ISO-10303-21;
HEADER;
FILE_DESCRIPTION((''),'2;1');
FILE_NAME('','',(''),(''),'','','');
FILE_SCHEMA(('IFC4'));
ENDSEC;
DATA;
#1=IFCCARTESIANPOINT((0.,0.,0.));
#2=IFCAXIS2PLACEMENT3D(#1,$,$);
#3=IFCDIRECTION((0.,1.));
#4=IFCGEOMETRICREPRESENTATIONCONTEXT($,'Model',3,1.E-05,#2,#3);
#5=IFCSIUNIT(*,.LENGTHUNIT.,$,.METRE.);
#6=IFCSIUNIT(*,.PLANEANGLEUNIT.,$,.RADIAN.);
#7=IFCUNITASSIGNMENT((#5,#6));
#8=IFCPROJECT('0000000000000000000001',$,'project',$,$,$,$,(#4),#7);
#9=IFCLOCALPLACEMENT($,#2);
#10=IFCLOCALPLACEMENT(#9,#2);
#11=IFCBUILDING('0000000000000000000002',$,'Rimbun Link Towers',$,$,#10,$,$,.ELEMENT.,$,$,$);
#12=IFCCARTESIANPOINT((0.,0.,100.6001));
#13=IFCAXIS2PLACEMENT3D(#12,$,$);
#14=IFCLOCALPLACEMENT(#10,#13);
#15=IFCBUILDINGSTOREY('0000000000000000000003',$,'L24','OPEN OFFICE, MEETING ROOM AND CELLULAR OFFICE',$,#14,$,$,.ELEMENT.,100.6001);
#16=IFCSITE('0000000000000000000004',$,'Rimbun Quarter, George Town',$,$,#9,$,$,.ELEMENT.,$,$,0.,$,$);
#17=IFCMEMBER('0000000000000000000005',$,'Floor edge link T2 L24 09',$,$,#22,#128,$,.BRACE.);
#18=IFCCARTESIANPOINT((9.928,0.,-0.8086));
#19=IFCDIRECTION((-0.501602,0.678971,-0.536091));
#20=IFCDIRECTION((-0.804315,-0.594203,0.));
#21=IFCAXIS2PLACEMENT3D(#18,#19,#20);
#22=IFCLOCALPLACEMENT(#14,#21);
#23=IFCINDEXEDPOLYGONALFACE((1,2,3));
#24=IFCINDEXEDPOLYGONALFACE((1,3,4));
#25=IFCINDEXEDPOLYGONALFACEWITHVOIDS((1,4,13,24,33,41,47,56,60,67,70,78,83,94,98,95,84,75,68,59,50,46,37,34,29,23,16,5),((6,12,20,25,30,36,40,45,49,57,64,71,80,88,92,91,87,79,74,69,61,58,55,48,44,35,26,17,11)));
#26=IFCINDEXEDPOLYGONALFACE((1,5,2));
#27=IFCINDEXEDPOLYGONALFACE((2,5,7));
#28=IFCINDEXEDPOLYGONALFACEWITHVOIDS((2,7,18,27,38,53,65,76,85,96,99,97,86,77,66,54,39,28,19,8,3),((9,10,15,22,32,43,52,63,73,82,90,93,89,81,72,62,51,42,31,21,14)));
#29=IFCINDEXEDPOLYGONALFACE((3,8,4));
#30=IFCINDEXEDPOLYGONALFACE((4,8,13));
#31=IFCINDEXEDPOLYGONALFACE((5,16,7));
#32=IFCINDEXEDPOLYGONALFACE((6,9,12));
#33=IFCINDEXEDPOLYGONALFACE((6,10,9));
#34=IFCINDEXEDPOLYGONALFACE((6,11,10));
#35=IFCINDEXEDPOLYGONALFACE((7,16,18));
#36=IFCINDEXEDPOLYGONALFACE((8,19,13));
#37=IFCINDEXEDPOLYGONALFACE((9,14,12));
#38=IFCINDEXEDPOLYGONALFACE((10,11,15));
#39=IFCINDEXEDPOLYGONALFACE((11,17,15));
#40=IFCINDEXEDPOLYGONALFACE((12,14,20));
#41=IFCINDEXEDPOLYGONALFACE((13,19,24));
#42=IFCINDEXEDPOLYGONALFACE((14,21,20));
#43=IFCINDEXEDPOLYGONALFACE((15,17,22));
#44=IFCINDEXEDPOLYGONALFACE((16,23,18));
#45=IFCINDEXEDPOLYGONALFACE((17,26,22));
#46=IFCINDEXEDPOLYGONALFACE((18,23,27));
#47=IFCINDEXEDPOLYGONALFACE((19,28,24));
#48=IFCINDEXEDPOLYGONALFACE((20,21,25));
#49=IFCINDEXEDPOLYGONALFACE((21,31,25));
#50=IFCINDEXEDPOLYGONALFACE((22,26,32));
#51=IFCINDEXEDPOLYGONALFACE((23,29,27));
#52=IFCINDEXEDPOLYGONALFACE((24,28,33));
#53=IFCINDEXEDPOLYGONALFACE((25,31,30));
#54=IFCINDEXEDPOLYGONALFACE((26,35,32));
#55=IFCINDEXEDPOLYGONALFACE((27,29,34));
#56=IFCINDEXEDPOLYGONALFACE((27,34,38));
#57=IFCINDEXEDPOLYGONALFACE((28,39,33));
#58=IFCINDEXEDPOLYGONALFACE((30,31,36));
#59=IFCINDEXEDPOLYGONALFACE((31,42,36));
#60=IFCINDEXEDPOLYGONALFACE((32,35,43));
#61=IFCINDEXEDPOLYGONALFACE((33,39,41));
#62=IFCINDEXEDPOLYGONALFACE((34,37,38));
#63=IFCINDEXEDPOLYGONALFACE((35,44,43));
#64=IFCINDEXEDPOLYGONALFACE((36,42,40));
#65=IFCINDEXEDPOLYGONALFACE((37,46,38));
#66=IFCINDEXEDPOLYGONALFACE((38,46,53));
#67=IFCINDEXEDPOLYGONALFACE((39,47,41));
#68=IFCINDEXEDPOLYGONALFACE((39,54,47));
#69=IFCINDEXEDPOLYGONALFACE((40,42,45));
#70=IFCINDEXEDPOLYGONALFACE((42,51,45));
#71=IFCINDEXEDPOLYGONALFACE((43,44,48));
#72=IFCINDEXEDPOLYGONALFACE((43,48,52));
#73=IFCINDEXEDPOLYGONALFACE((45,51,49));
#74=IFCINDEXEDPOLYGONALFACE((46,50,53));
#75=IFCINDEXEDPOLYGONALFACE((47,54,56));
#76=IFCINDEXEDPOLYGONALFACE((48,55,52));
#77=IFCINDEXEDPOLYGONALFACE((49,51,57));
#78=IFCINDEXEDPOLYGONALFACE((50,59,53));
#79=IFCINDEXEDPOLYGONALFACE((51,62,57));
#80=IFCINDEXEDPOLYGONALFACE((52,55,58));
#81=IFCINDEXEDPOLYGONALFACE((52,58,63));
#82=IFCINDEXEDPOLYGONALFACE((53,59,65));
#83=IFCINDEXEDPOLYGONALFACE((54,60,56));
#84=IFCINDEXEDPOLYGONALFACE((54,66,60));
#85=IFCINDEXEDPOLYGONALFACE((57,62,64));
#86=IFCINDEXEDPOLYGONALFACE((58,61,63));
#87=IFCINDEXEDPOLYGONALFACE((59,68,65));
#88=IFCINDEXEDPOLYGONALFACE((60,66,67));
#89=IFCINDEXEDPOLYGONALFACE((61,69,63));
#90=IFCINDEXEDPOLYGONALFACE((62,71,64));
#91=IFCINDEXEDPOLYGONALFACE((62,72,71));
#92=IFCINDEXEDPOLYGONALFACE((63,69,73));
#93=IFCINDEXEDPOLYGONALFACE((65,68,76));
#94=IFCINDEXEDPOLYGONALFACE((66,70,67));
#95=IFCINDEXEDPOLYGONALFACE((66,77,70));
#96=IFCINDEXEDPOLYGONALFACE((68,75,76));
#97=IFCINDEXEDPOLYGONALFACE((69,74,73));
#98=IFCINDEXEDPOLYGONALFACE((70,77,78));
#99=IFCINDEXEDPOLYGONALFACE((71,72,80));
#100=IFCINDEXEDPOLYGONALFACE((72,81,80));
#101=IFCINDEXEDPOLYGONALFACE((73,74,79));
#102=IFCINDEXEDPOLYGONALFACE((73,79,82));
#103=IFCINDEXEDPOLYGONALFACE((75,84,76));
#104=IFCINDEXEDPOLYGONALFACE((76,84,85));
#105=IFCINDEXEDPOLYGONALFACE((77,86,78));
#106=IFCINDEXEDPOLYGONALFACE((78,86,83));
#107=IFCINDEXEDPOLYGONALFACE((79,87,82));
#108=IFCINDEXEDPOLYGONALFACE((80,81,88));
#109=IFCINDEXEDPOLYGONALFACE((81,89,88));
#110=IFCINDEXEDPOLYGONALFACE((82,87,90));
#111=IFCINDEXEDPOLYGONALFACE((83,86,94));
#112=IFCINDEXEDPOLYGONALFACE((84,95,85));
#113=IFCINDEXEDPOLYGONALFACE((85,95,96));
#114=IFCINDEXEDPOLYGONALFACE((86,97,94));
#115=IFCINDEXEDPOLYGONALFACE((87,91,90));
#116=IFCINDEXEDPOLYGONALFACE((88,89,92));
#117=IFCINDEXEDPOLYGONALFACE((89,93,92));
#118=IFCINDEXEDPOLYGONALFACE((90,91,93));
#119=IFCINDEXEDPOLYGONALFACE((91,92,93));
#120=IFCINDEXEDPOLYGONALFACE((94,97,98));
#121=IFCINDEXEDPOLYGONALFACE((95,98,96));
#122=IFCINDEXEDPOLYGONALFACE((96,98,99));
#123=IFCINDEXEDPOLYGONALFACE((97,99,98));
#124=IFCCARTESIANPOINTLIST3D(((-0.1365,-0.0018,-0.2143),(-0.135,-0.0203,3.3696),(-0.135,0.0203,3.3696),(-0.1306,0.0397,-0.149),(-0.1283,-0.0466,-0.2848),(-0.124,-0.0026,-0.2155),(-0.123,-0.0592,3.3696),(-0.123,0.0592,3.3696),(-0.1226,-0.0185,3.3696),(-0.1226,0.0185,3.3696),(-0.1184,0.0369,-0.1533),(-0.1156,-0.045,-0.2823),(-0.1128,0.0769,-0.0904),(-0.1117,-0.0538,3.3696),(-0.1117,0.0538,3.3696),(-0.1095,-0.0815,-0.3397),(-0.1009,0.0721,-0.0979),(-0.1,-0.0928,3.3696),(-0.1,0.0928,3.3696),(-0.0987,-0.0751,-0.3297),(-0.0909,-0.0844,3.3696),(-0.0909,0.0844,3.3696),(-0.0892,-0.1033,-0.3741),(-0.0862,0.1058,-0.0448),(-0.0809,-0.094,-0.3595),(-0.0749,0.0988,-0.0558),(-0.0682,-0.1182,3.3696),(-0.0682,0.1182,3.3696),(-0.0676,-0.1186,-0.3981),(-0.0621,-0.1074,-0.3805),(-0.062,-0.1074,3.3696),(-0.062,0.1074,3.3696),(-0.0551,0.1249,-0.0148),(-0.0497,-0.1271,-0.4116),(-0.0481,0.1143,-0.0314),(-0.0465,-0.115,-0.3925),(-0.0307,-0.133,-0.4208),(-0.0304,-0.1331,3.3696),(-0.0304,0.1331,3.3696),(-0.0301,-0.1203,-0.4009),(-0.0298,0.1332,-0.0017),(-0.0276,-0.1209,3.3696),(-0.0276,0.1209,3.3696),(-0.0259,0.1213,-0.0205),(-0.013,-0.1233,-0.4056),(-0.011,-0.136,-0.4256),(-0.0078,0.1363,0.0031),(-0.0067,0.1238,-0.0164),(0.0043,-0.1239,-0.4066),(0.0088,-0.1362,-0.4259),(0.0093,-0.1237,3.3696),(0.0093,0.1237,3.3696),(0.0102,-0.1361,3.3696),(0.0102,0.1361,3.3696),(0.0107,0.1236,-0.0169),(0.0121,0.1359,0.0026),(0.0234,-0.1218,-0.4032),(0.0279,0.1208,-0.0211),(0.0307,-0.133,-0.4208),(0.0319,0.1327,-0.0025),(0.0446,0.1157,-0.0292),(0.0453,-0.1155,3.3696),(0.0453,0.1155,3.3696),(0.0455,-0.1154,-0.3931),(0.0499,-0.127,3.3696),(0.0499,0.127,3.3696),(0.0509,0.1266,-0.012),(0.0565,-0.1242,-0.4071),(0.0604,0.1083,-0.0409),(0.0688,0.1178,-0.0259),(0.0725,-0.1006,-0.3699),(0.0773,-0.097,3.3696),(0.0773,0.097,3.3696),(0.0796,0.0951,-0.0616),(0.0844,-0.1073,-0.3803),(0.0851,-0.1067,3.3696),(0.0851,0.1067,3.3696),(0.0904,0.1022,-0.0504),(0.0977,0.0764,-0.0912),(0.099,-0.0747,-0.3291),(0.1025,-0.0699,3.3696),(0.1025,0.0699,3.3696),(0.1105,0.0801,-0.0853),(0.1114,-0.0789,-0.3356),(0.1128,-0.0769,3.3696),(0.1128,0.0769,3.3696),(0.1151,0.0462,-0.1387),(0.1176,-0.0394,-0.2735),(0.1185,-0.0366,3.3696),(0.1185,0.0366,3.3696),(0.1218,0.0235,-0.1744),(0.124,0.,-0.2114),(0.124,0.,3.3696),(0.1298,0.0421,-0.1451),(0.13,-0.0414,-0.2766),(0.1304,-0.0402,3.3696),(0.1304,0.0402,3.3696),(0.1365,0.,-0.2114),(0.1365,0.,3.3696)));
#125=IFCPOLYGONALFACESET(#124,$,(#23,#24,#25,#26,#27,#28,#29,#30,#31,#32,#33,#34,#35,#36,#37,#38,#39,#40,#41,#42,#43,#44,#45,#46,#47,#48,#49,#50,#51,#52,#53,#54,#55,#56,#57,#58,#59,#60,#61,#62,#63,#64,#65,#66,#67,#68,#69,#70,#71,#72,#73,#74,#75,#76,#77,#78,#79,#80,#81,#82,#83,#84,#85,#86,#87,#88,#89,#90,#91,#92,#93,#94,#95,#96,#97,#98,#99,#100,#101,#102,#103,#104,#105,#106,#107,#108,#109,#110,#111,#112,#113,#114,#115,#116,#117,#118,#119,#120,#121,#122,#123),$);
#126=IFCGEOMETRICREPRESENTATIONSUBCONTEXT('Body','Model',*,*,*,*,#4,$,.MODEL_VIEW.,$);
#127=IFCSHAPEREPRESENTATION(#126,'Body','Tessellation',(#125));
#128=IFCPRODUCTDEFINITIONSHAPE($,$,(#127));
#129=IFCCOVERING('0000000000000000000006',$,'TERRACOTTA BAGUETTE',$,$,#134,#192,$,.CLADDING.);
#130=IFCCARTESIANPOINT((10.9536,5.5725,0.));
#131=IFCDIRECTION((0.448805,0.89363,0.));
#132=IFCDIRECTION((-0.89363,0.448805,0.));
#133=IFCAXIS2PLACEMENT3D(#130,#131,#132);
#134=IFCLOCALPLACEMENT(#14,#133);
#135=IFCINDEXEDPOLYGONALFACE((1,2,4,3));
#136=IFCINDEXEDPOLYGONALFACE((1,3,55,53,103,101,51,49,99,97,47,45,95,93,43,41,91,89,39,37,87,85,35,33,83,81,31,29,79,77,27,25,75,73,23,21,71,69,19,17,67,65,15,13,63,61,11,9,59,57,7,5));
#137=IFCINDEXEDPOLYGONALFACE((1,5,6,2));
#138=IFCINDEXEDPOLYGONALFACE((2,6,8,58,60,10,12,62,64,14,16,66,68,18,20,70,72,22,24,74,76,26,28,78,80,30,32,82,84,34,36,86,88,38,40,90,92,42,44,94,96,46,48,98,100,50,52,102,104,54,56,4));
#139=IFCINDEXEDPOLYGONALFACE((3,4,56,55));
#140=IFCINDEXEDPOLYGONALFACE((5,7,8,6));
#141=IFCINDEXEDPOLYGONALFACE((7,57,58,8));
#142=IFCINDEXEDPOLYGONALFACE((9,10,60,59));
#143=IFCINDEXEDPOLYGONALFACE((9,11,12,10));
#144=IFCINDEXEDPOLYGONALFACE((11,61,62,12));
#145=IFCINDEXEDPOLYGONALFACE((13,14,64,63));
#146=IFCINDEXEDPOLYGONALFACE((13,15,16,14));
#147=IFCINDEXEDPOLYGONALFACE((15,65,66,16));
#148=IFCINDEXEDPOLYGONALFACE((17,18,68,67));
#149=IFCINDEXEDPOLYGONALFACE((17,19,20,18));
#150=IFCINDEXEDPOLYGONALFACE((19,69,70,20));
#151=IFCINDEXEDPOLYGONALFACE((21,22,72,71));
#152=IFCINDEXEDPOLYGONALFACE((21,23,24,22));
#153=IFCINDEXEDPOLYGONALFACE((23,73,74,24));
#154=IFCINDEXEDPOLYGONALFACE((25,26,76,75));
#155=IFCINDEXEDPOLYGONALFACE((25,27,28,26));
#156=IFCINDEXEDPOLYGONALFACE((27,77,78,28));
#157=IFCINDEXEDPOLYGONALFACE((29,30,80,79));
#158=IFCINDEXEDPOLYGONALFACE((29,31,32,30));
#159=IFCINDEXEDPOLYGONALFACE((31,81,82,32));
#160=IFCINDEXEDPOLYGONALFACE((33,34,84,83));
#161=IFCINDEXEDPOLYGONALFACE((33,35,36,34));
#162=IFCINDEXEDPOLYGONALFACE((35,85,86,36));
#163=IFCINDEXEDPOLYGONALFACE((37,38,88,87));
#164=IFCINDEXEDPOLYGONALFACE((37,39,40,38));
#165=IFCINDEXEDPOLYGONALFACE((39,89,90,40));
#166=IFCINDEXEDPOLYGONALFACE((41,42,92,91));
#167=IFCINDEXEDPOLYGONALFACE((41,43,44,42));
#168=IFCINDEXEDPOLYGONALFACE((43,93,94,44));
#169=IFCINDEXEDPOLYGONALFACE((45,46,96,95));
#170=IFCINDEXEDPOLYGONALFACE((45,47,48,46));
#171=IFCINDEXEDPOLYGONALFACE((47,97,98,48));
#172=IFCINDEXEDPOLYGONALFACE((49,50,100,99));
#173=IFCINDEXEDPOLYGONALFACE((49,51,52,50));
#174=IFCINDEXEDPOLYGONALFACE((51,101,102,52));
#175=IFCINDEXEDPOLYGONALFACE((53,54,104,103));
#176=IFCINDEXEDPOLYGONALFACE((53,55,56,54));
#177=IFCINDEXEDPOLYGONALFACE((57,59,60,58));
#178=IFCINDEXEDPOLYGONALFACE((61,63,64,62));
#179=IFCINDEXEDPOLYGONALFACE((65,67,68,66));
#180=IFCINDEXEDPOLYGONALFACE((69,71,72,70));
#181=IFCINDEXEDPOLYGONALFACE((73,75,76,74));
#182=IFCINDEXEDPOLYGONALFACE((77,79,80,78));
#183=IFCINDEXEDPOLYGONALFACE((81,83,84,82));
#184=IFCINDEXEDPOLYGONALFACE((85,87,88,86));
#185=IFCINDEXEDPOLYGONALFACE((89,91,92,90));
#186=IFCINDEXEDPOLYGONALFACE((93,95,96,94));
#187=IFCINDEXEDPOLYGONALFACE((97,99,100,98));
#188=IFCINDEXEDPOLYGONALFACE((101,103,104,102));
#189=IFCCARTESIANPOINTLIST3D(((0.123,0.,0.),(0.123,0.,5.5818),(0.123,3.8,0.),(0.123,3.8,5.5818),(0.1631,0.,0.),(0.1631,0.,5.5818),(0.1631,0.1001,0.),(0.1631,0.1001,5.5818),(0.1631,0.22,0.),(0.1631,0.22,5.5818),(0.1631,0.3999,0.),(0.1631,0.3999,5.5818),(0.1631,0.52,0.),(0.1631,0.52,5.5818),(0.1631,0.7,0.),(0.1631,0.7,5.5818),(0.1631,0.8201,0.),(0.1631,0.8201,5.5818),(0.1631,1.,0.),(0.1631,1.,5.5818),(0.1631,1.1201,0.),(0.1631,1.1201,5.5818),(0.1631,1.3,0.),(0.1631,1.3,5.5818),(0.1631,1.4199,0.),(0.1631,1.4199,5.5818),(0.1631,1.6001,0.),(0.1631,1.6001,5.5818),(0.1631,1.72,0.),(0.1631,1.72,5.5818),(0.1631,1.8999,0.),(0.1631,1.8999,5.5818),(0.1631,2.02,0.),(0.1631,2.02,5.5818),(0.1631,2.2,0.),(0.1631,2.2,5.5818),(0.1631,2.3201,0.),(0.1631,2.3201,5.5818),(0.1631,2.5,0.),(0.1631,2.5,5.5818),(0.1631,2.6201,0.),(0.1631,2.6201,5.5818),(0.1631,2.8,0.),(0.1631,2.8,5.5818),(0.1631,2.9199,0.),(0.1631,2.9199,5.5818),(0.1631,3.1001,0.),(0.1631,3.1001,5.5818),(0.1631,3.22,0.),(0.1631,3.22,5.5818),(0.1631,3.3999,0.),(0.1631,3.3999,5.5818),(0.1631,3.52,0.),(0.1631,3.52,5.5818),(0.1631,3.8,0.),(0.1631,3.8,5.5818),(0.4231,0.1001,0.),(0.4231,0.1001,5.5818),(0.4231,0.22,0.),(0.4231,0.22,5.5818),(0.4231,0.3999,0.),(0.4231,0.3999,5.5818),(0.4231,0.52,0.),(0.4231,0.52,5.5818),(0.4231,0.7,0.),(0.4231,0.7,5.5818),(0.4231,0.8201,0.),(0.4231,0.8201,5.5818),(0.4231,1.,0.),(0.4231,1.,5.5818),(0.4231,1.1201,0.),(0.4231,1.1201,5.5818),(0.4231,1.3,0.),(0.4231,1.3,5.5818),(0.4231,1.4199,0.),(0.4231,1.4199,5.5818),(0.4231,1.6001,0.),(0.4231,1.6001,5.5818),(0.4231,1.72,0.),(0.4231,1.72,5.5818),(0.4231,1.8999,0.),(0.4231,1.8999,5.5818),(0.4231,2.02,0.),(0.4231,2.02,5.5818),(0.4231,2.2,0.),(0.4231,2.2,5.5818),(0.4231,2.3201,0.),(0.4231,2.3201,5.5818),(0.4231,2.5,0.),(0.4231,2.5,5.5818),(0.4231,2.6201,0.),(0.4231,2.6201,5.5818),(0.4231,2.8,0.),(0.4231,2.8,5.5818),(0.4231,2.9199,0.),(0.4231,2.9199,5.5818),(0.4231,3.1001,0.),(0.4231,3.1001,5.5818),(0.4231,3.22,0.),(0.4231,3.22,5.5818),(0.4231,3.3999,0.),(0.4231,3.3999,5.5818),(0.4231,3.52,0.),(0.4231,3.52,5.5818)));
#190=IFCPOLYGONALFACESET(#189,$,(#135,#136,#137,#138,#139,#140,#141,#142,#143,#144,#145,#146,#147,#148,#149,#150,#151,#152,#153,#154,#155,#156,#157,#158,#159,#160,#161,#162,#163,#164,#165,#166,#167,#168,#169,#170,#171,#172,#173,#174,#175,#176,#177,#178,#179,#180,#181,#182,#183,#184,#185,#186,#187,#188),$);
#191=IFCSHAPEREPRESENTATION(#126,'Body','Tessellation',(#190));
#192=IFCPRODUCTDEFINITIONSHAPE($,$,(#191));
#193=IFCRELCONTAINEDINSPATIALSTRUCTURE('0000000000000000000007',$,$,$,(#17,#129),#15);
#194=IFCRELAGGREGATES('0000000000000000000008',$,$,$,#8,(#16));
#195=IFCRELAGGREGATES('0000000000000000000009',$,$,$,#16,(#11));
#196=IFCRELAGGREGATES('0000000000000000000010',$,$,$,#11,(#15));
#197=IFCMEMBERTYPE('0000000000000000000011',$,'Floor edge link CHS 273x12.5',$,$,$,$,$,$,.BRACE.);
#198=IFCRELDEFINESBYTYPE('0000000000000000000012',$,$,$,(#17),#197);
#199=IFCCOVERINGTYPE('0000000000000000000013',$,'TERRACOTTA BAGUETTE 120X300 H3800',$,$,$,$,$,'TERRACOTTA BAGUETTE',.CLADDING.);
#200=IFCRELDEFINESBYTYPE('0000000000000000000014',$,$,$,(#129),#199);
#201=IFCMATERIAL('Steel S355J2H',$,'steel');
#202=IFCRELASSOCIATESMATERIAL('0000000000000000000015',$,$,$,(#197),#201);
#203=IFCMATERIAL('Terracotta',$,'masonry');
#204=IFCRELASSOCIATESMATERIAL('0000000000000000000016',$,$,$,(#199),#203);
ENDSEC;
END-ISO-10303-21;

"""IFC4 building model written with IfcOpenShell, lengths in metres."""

from ifc_helpers import new_model, si_unit, direction, frame, origin, origin_2d, place, context, subcontext, project, spatial, polyline, hollow_circle, outline, extrude, clip, halfspace, material, material_profile, profile_set, type_object, element, save


model = new_model("IFC4")

# Units and contexts
model_context = context("Model", 3, precision=1e-05, world=origin(), true_north=direction((0.0, 1.0)))
body_context = subcontext(model_context, "Body", "Model", "MODEL_VIEW")
ifc_project = project(units=[si_unit("LENGTHUNIT", "METRE"), si_unit("PLANEANGLEUNIT", "RADIAN")], contexts=[model_context])

# Site, building, storey
site_placement = place(None, origin())
site = spatial("IfcSite", under=ifc_project, at=site_placement, Name="Rimbun Quarter, George Town", CompositionType="ELEMENT", RefElevation=0.0)
building_placement = place(site_placement, origin())
building = spatial("IfcBuilding", under=site, at=building_placement, Name="Rimbun Link Towers", CompositionType="ELEMENT")
storey_placement = place(building_placement, frame((0.0, 0.0, 100.6001)))
storey = spatial("IfcBuildingStorey", under=building, at=storey_placement, Name="L24", Description="OPEN OFFICE, MEETING ROOM AND CELLULAR OFFICE", CompositionType="ELEMENT", Elevation=100.6001)

# Member
ifc_material_1 = material(Name="Steel S355J2H", Category="steel")
ifc_material_profile_1 = material_profile(ifc_material_1, hollow_circle(Radius=0.1365, WallThickness=0.0125, at=origin_2d()), Name="CHS 273x12.5")
ifc_profile_set_1 = profile_set([ifc_material_profile_1], Name="Steel S355J2H")
member_type_1 = type_object("IfcMemberType", Name="Floor edge link CHS 273x12.5", PredefinedType="BRACE", material=ifc_profile_set_1)
member_1_placement = place(storey_placement, frame((9.928, 0.0, -0.8086), z_axis=(-0.501602, 0.678971, -0.536091), x_axis=(-0.804315, -0.594203, 0.0)))
element("IfcMember", 1, at=member_1_placement, inside=storey, type_object=member_type_1, Name="Floor edge link T2 L24 09", PredefinedType="BRACE", context=body_context, shape_type="Clipping", body=[
    clip(extrude(hollow_circle(Radius=0.1365, WallThickness=0.0125, at=origin_2d()), frame((0.0, 0.0, -0.4485)), (0.0, 0.0, 1.0), 3.8181), halfspace(frame((0.0, 0.0, -0.2114), z_axis=(0.0, 0.84416, -0.536091)), False)),
])

# Covering
ifc_material_2 = material(Name="Terracotta", Category="masonry")
ifc_material_profile_2 = material_profile(ifc_material_2, outline(polyline([(0.123, 0.0), (0.1631, 0.0), (0.1631, 0.1001), (0.4231, 0.1001), (0.4231, 0.22), (0.1631, 0.22), (0.1631, 0.3999), (0.4231, 0.3999), (0.4231, 0.52), (0.1631, 0.52), (0.1631, 0.7), (0.4231, 0.7), (0.4231, 0.8201), (0.1631, 0.8201), (0.1631, 1.0), (0.4231, 1.0), (0.4231, 1.1201), (0.1631, 1.1201), (0.1631, 1.3), (0.4231, 1.3), (0.4231, 1.4199), (0.1631, 1.4199), (0.1631, 1.6001), (0.4231, 1.6001), (0.4231, 1.72), (0.1631, 1.72), (0.1631, 1.8999), (0.4231, 1.8999), (0.4231, 2.02), (0.1631, 2.02), (0.1631, 2.2), (0.4231, 2.2), (0.4231, 2.3201), (0.1631, 2.3201), (0.1631, 2.5), (0.4231, 2.5), (0.4231, 2.6201), (0.1631, 2.6201), (0.1631, 2.8), (0.4231, 2.8), (0.4231, 2.9199), (0.1631, 2.9199), (0.1631, 3.1001), (0.4231, 3.1001), (0.4231, 3.22), (0.1631, 3.22), (0.1631, 3.3999), (0.4231, 3.3999), (0.4231, 3.52), (0.1631, 3.52), (0.1631, 3.8), (0.123, 3.8), (0.123, 0.0)])), Name="BAGUETTE 120X300")
ifc_profile_set_2 = profile_set([ifc_material_profile_2], Name="Terracotta")
covering_type = type_object("IfcCoveringType", Name="TERRACOTTA BAGUETTE 120X300 H3800", ElementType="TERRACOTTA BAGUETTE", PredefinedType="CLADDING", material=ifc_profile_set_2)
covering_1_placement = place(storey_placement, frame((10.9536, 5.5725, 0.0), z_axis=(0.448805, 0.89363, 0.0), x_axis=(-0.89363, 0.448805, 0.0)))
element("IfcCovering", 2, at=covering_1_placement, inside=storey, type_object=covering_type, Name="TERRACOTTA BAGUETTE", PredefinedType="CLADDING", context=body_context, shape_type="SweptSolid", body=[
    extrude(outline(polyline([(0.123, 0.0), (0.1631, 0.0), (0.1631, 0.1001), (0.4231, 0.1001), (0.4231, 0.22), (0.1631, 0.22), (0.1631, 0.3999), (0.4231, 0.3999), (0.4231, 0.52), (0.1631, 0.52), (0.1631, 0.7), (0.4231, 0.7), (0.4231, 0.8201), (0.1631, 0.8201), (0.1631, 1.0), (0.4231, 1.0), (0.4231, 1.1201), (0.1631, 1.1201), (0.1631, 1.3), (0.4231, 1.3), (0.4231, 1.4199), (0.1631, 1.4199), (0.1631, 1.6001), (0.4231, 1.6001), (0.4231, 1.72), (0.1631, 1.72), (0.1631, 1.8999), (0.4231, 1.8999), (0.4231, 2.02), (0.1631, 2.02), (0.1631, 2.2), (0.4231, 2.2), (0.4231, 2.3201), (0.1631, 2.3201), (0.1631, 2.5), (0.4231, 2.5), (0.4231, 2.6201), (0.1631, 2.6201), (0.1631, 2.8), (0.4231, 2.8), (0.4231, 2.9199), (0.1631, 2.9199), (0.1631, 3.1001), (0.4231, 3.1001), (0.4231, 3.22), (0.1631, 3.22), (0.1631, 3.3999), (0.4231, 3.3999), (0.4231, 3.52), (0.1631, 3.52), (0.1631, 3.8), (0.123, 3.8), (0.123, 0.0)])), origin(), (0.0, 0.0, 1.0), 5.5818),
])

save(model, "model.ifc")
